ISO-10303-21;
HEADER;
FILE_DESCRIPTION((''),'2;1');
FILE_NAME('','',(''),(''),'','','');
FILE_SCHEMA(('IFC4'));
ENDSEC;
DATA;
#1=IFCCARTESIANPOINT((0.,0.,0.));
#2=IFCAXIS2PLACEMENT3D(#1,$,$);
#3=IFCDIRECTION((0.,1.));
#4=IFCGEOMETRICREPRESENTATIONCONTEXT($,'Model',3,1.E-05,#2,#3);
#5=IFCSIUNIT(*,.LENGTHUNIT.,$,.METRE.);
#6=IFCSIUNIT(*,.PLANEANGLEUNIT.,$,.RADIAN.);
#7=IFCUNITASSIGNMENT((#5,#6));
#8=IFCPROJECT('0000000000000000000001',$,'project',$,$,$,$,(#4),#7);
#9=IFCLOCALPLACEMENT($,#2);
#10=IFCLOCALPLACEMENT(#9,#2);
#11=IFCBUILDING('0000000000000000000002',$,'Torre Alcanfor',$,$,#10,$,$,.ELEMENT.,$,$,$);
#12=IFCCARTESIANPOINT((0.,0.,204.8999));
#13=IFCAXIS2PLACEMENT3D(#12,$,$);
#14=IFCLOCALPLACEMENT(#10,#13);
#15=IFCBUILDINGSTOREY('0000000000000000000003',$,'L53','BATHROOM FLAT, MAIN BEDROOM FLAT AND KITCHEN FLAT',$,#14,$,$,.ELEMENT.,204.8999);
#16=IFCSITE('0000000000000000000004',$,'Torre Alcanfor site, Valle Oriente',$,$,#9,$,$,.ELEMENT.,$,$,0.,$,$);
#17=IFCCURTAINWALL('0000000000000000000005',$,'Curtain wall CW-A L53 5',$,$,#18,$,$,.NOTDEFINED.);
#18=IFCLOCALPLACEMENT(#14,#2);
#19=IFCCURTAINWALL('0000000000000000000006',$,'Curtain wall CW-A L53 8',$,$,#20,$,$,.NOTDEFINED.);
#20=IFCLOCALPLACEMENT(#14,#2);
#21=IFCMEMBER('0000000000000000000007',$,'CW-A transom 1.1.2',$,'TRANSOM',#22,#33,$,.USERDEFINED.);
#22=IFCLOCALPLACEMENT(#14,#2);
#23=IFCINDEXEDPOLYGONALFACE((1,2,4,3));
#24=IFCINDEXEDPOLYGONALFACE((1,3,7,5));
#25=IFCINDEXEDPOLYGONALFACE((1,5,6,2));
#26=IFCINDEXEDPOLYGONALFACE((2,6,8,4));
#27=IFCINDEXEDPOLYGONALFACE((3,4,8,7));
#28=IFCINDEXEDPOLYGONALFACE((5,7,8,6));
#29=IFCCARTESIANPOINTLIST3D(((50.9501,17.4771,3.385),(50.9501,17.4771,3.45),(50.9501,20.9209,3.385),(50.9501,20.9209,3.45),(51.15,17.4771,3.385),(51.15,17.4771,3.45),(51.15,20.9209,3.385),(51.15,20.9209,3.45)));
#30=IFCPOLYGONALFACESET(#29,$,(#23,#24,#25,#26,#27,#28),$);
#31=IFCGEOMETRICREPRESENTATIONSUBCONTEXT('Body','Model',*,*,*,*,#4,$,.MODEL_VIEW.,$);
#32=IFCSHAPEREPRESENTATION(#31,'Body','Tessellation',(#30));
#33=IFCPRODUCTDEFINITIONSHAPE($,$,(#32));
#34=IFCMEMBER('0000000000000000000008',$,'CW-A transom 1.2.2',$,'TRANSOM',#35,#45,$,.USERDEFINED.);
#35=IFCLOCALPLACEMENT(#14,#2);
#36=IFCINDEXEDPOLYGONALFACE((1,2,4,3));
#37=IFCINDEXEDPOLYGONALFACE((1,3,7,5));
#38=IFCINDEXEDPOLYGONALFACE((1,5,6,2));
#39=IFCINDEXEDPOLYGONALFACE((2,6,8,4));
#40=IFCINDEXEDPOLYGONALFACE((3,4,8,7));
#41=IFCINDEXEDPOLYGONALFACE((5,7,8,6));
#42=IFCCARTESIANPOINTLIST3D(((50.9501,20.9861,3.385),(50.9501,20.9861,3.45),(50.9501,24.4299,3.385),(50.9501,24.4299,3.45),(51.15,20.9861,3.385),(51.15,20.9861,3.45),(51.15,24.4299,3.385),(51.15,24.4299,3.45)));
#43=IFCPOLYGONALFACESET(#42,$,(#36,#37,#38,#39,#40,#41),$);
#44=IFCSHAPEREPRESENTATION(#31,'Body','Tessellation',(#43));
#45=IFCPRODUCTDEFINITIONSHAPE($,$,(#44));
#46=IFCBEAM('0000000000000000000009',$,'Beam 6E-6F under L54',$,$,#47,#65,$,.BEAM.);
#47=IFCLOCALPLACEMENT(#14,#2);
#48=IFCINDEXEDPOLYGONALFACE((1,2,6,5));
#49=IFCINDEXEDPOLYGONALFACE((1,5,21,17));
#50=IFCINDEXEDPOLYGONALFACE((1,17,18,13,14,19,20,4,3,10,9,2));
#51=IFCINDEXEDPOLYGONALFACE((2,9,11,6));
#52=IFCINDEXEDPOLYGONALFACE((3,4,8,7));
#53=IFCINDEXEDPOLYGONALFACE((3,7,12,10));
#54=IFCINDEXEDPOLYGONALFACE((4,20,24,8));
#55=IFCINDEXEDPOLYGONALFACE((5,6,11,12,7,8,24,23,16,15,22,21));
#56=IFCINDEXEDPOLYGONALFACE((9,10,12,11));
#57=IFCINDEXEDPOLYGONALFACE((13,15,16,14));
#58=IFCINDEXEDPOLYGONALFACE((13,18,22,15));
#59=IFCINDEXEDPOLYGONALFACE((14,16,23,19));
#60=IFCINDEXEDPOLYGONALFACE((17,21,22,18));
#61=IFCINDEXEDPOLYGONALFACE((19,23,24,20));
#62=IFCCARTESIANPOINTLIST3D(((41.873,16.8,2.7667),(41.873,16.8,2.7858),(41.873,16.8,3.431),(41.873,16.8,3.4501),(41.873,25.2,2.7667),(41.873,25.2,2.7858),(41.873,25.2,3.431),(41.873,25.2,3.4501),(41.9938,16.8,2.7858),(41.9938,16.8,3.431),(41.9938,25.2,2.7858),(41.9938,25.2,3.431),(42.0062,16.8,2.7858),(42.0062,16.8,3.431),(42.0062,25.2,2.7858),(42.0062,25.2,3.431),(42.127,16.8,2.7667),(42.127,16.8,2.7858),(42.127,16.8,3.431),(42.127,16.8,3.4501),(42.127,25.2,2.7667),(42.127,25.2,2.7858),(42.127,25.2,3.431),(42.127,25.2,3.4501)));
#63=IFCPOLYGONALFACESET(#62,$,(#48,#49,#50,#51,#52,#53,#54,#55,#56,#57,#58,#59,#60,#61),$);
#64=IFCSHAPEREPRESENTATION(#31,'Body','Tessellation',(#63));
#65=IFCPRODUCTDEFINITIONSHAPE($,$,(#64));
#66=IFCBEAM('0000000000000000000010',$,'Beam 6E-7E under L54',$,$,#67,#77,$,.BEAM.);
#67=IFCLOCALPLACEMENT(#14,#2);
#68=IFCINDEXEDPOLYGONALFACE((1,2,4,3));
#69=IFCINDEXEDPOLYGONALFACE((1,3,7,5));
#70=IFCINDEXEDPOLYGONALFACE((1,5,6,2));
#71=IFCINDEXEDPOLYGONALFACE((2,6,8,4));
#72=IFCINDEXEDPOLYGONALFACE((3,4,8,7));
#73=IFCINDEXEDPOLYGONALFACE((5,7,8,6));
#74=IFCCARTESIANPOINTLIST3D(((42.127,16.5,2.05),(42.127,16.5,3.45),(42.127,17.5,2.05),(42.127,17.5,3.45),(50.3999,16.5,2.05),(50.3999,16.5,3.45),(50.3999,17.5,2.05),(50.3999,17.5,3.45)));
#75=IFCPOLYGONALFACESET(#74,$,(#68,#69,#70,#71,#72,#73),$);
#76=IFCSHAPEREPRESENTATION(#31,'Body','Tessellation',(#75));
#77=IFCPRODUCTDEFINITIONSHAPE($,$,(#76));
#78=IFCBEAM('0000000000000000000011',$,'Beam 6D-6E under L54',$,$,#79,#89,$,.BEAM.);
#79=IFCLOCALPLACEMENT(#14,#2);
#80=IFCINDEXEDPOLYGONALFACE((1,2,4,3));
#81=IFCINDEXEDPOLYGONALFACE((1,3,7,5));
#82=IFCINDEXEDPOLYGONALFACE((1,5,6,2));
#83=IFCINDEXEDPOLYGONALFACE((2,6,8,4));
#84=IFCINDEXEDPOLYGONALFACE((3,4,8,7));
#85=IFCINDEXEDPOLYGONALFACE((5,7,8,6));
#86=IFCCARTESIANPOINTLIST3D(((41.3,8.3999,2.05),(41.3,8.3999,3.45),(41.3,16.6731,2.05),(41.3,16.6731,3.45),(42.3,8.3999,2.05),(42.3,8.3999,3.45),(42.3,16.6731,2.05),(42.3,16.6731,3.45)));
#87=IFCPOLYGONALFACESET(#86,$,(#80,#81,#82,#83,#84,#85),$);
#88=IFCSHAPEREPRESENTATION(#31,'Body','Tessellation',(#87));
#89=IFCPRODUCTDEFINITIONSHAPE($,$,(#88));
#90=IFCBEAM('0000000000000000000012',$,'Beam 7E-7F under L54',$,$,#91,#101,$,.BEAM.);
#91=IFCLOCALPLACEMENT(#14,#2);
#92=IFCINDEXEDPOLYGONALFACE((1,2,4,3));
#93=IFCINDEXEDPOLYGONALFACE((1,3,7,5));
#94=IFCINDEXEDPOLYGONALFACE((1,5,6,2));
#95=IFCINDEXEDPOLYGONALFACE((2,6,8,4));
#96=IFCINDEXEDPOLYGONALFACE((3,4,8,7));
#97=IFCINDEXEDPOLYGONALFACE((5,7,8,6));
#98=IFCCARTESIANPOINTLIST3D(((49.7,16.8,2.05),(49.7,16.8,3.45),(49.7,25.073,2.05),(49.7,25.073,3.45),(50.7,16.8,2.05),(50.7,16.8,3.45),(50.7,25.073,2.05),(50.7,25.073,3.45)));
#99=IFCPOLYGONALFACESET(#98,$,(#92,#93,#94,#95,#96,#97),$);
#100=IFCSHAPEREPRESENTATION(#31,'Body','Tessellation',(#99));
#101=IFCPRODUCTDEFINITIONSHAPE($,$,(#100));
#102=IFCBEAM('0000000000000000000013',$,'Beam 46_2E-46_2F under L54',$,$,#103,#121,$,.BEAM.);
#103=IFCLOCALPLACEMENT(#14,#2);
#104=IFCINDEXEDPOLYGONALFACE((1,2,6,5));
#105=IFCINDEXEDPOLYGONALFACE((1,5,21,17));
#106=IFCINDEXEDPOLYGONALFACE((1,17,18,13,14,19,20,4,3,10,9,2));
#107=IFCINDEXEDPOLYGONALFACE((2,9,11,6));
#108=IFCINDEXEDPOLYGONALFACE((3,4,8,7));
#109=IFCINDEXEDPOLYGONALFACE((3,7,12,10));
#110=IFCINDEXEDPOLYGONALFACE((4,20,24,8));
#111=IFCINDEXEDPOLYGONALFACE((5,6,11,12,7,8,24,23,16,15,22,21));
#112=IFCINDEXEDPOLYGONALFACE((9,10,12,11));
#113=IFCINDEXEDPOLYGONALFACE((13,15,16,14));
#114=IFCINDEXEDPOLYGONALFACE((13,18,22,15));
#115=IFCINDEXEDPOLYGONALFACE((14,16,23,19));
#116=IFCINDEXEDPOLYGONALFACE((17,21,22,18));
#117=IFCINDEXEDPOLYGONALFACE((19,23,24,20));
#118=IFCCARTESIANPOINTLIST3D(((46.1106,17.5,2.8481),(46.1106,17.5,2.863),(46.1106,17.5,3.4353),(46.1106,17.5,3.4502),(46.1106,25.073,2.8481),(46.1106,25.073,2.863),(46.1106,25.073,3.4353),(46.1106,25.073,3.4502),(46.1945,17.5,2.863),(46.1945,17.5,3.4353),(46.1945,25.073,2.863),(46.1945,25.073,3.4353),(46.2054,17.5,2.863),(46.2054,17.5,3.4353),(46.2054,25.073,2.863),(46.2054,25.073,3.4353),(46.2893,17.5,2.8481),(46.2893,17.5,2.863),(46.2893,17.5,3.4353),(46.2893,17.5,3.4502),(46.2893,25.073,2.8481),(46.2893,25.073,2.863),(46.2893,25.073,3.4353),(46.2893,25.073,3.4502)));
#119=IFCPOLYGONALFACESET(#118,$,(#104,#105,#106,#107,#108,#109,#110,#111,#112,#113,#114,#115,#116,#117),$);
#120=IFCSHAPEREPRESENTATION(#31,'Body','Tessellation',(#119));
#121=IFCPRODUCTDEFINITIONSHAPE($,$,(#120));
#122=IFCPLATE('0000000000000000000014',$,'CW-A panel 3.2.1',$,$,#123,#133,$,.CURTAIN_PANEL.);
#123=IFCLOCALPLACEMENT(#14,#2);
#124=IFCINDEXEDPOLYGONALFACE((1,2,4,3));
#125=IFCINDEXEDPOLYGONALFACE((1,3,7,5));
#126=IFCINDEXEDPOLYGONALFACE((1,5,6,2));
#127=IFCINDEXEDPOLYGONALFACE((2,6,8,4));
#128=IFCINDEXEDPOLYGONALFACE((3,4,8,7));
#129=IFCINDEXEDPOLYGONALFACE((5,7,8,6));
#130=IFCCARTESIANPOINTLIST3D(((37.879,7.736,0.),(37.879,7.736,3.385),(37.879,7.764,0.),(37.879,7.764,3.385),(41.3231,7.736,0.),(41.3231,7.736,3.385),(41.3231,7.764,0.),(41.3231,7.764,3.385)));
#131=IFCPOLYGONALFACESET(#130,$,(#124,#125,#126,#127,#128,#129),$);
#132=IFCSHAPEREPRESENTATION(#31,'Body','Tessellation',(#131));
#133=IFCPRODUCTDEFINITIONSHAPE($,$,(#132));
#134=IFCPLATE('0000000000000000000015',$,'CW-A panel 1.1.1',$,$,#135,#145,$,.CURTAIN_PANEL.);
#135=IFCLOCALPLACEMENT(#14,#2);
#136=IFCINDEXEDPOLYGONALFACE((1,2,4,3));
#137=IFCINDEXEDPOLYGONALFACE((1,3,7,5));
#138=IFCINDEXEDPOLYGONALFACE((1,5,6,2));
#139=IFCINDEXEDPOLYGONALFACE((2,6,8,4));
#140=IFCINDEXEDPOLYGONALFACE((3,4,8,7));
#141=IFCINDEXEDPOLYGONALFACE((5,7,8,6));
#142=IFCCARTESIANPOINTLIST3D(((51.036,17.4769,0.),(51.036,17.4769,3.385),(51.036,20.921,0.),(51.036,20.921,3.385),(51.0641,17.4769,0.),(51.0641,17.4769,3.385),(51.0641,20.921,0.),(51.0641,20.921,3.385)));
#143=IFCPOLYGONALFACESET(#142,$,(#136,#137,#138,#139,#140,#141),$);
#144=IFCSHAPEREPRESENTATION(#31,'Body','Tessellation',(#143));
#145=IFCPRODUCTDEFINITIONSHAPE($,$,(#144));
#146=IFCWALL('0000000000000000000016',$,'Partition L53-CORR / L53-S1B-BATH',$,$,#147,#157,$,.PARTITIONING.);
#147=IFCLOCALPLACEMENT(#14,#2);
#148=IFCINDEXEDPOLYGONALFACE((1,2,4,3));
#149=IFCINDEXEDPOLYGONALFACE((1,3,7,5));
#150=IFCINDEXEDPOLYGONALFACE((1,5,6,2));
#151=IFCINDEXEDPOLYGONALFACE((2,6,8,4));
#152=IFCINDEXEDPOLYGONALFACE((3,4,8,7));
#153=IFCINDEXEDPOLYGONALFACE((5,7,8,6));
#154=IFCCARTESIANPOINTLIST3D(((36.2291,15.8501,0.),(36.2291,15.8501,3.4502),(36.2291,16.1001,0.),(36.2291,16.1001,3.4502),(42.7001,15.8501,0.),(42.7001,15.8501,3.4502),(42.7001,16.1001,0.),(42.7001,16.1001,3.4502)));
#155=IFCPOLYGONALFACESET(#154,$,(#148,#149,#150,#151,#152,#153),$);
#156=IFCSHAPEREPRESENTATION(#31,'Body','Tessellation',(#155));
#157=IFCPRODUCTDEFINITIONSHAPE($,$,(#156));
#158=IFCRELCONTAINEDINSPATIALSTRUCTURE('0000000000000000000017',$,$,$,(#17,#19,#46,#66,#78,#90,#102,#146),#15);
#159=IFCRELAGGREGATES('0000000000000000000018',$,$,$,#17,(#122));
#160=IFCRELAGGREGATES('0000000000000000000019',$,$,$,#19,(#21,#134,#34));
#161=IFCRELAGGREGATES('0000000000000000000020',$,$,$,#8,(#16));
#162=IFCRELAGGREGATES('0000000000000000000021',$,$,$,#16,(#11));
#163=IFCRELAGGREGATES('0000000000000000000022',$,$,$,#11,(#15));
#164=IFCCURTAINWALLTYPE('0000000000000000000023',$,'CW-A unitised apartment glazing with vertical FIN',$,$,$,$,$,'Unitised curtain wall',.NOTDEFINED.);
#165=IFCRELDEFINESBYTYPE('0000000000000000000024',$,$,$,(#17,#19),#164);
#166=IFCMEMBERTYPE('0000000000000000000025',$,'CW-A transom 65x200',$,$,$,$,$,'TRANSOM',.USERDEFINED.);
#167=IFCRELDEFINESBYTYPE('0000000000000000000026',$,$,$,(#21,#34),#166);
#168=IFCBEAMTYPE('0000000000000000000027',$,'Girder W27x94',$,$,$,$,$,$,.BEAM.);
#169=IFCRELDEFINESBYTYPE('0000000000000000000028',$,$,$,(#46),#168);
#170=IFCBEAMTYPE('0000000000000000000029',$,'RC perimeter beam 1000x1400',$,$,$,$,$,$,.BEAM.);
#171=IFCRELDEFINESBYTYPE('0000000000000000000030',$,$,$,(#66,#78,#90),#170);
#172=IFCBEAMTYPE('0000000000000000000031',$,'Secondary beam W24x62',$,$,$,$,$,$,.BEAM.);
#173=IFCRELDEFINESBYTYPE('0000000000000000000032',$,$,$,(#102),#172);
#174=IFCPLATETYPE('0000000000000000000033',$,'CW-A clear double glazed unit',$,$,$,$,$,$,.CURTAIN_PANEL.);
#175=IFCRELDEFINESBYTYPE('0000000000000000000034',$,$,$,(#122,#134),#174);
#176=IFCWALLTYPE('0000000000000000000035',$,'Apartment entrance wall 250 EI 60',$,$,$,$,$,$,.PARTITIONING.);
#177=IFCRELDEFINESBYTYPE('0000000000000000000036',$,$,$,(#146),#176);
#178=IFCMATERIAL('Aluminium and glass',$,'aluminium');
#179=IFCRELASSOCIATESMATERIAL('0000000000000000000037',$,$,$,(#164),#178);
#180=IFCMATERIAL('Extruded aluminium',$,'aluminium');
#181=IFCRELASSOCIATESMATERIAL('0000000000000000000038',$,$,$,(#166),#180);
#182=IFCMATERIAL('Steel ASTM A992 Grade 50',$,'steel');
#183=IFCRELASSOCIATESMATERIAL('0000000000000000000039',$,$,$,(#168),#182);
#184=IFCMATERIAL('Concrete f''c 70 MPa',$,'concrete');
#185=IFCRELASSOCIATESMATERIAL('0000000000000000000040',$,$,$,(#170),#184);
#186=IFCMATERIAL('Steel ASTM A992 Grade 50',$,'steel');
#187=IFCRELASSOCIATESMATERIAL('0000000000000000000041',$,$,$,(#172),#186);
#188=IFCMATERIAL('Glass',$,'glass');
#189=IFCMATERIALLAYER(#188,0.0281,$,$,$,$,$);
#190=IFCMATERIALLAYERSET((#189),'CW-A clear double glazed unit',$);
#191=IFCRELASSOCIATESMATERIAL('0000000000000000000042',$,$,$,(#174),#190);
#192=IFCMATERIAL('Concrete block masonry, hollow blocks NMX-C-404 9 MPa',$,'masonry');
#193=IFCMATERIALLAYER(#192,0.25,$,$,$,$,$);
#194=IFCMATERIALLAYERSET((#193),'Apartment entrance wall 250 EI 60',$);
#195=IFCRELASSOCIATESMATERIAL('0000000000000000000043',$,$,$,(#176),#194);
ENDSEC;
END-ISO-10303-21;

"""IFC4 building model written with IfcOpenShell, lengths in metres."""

from ifc_helpers import new_model, si_unit, direction, frame, frame_2d, origin, origin_2d, place, context, subcontext, project, spatial, rectangle, i_section, extrude, material, layer, layer_set, material_profile, profile_set, type_object, element, aggregate, save


model = new_model("IFC4")

# Units and contexts
model_context = context("Model", 3, precision=1e-05, world=origin(), true_north=direction((0.0, 1.0)))
body_context = subcontext(model_context, "Body", "Model", "MODEL_VIEW")
ifc_project = project(units=[si_unit("LENGTHUNIT", "METRE"), si_unit("PLANEANGLEUNIT", "RADIAN")], contexts=[model_context])

# Site, building, storey
site_placement = place(None, origin())
site = spatial("IfcSite", under=ifc_project, at=site_placement, Name="Torre Alcanfor site, Valle Oriente", CompositionType="ELEMENT", RefElevation=0.0)
building_placement = place(site_placement, origin())
building = spatial("IfcBuilding", under=site, at=building_placement, Name="Torre Alcanfor", CompositionType="ELEMENT")
storey_placement = place(building_placement, frame((0.0, 0.0, 204.8999)))
storey = spatial("IfcBuildingStorey", under=building, at=storey_placement, Name="L53", Description="BATHROOM FLAT, MAIN BEDROOM FLAT AND KITCHEN FLAT", CompositionType="ELEMENT", Elevation=204.8999)

# Curtain walls
ifc_material_1 = material(Name="Aluminium and glass", Category="aluminium")
curtain_wall_type = type_object("IfcCurtainWallType", Name="CW-A unitised apartment glazing with vertical FIN", ElementType="Unitised curtain wall", PredefinedType="NOTDEFINED", material=ifc_material_1)
curtain_wall_1_placement = place(storey_placement, origin())
curtain_wall_1 = element("IfcCurtainWall", 1, at=curtain_wall_1_placement, inside=storey, type_object=curtain_wall_type, Name="Curtain wall CW-A L53 5", PredefinedType="NOTDEFINED")
curtain_wall_2_placement = place(storey_placement, origin())
curtain_wall_2 = element("IfcCurtainWall", 2, at=curtain_wall_2_placement, inside=storey, type_object=curtain_wall_type, Name="Curtain wall CW-A L53 8", PredefinedType="NOTDEFINED")

# Members
ifc_material_2 = material(Name="Extruded aluminium", Category="aluminium")
ifc_material_profile_1 = material_profile(ifc_material_2, rectangle(XDim=0.2, YDim=0.0649, at=origin_2d()), Name="CW-A transom 200x65")
ifc_profile_set_1 = profile_set([ifc_material_profile_1], Name="Extruded aluminium")
member_type_1 = type_object("IfcMemberType", Name="CW-A transom 65x200", ElementType="TRANSOM", PredefinedType="USERDEFINED", material=ifc_profile_set_1)
member_1_placement = place(storey_placement, frame((51.05, 17.4771, 3.4175), z_axis=(0.0, 1.0, 0.0), x_axis=(-1.0, 0.0, 0.0)))
member_1 = element("IfcMember", 3, at=member_1_placement, type_object=member_type_1, Name="CW-A transom 1.1.2", ObjectType="TRANSOM", PredefinedType="USERDEFINED", context=body_context, shape_type="SweptSolid", body=[
    extrude(rectangle(XDim=0.2, YDim=0.0649, at=origin_2d()), origin(), (0.0, 0.0, 1.0), 3.4438),
])
member_2_placement = place(storey_placement, frame((51.05, 20.9861, 3.4175), z_axis=(0.0, 1.0, 0.0), x_axis=(-1.0, 0.0, 0.0)))
member_2 = element("IfcMember", 4, at=member_2_placement, type_object=member_type_1, Name="CW-A transom 1.2.2", ObjectType="TRANSOM", PredefinedType="USERDEFINED", context=body_context, shape_type="SweptSolid", body=[
    extrude(rectangle(XDim=0.2, YDim=0.0649, at=origin_2d()), origin(), (0.0, 0.0, 1.0), 3.4438),
])

# Beams
ifc_material_3 = material(Name="Steel ASTM A992 Grade 50", Category="steel")
ifc_material_profile_2 = material_profile(ifc_material_3, i_section(OverallWidth=0.2539, OverallDepth=0.6833, WebThickness=0.0125, FlangeThickness=0.019, at=origin_2d()), Name="W27x94")
ifc_profile_set_2 = profile_set([ifc_material_profile_2], Name="Steel ASTM A992 Grade 50")
beam_type_1 = type_object("IfcBeamType", Name="Girder W27x94", PredefinedType="BEAM", material=ifc_profile_set_2)
beam_1_placement = place(storey_placement, frame((42.0, 16.8, 3.1084), z_axis=(0.0, 1.0, 0.0), x_axis=(-1.0, 0.0, 0.0)))
element("IfcBeam", 5, at=beam_1_placement, inside=storey, type_object=beam_type_1, Name="Beam 6E-6F under L54", PredefinedType="BEAM", context=body_context, shape_type="SweptSolid", body=[
    extrude(i_section(OverallWidth=0.2539, OverallDepth=0.6833, WebThickness=0.0125, FlangeThickness=0.019, at=origin_2d()), origin(), (0.0, 0.0, 1.0), 8.3999),
])
ifc_material_4 = material(Name="Concrete f'c 70 MPa", Category="concrete")
ifc_material_profile_3 = material_profile(ifc_material_4, rectangle(XDim=1.0, YDim=1.3999, at=origin_2d()), Name="1000x1400")
ifc_profile_set_3 = profile_set([ifc_material_profile_3], Name="Concrete f'c 70 MPa")
beam_type_2 = type_object("IfcBeamType", Name="RC perimeter beam 1000x1400", PredefinedType="BEAM", material=ifc_profile_set_3)
beam_2_placement = place(storey_placement, frame((42.127, 17.0, 2.75), z_axis=(1.0, 0.0, 0.0), x_axis=(0.0, 1.0, 0.0)))
element("IfcBeam", 6, at=beam_2_placement, inside=storey, type_object=beam_type_2, Name="Beam 6E-7E under L54", PredefinedType="BEAM", context=body_context, shape_type="SweptSolid", body=[
    extrude(rectangle(XDim=1.0, YDim=1.3999, at=origin_2d()), origin(), (0.0, 0.0, 1.0), 8.2729),
])
beam_3_placement = place(storey_placement, frame((41.8, 8.3999, 2.75), z_axis=(0.0, 1.0, 0.0), x_axis=(-1.0, 0.0, 0.0)))
element("IfcBeam", 7, at=beam_3_placement, inside=storey, type_object=beam_type_2, Name="Beam 6D-6E under L54", PredefinedType="BEAM", context=body_context, shape_type="SweptSolid", body=[
    extrude(rectangle(XDim=1.0, YDim=1.3999, at=origin_2d()), origin(), (0.0, 0.0, 1.0), 8.2732),
])
beam_4_placement = place(storey_placement, frame((50.2, 16.8, 2.75), z_axis=(0.0, 1.0, 0.0), x_axis=(-1.0, 0.0, 0.0)))
element("IfcBeam", 8, at=beam_4_placement, inside=storey, type_object=beam_type_2, Name="Beam 7E-7F under L54", PredefinedType="BEAM", context=body_context, shape_type="SweptSolid", body=[
    extrude(rectangle(XDim=1.0, YDim=1.3999, at=origin_2d()), origin(), (0.0, 0.0, 1.0), 8.2729),
])
ifc_material_5 = material(Name="Steel ASTM A992 Grade 50", Category="steel")
ifc_material_profile_4 = material_profile(ifc_material_5, i_section(OverallWidth=0.1787, OverallDepth=0.6021, WebThickness=0.011, FlangeThickness=0.0149, at=origin_2d()), Name="W24x62")
ifc_profile_set_4 = profile_set([ifc_material_profile_4], Name="Steel ASTM A992 Grade 50")
beam_type_3 = type_object("IfcBeamType", Name="Secondary beam W24x62", PredefinedType="BEAM", material=ifc_profile_set_4)
beam_5_placement = place(storey_placement, frame((46.2, 17.5, 3.1492), z_axis=(0.0, 1.0, 0.0), x_axis=(-1.0, 0.0, 0.0)))
element("IfcBeam", 9, at=beam_5_placement, inside=storey, type_object=beam_type_3, Name="Beam 46_2E-46_2F under L54", PredefinedType="BEAM", context=body_context, shape_type="SweptSolid", body=[
    extrude(i_section(OverallWidth=0.1787, OverallDepth=0.6021, WebThickness=0.011, FlangeThickness=0.0149, at=origin_2d()), origin(), (0.0, 0.0, 1.0), 7.573),
])

# Plates
ifc_material_6 = material(Name="Glass", Category="glass")
ifc_layer_1 = layer(ifc_material_6, 0.0281)
ifc_layer_set_1 = layer_set([ifc_layer_1], Name="CW-A clear double glazed unit")
plate_type = type_object("IfcPlateType", Name="CW-A clear double glazed unit", PredefinedType="CURTAIN_PANEL", material=ifc_layer_set_1)
plate_1_placement = place(storey_placement, frame((39.6011, 7.75, 0.0), z_axis=(0.0, 0.0, 1.0), x_axis=(1.0, 0.0, 0.0)))
plate_1 = element("IfcPlate", 10, at=plate_1_placement, type_object=plate_type, Name="CW-A panel 3.2.1", PredefinedType="CURTAIN_PANEL", context=body_context, shape_type="SweptSolid", body=[
    extrude(rectangle(XDim=3.4441, YDim=0.0281, at=origin_2d()), origin(), (0.0, 0.0, 1.0), 3.385),
])
aggregate(curtain_wall_1, [plate_1])
plate_2_placement = place(storey_placement, frame((51.05, 19.199, 0.0), z_axis=(0.0, 0.0, 1.0), x_axis=(0.0, 1.0, 0.0)))
plate_2 = element("IfcPlate", 11, at=plate_2_placement, type_object=plate_type, Name="CW-A panel 1.1.1", PredefinedType="CURTAIN_PANEL", context=body_context, shape_type="SweptSolid", body=[
    extrude(rectangle(XDim=3.4441, YDim=0.0281, at=origin_2d()), origin(), (0.0, 0.0, 1.0), 3.385),
])
aggregate(curtain_wall_2, [member_1, plate_2, member_2])

# Wall
ifc_material_7 = material(Name="Concrete block masonry, hollow blocks NMX-C-404 9 MPa", Category="masonry")
ifc_layer_2 = layer(ifc_material_7, 0.25)
ifc_layer_set_2 = layer_set([ifc_layer_2], Name="Apartment entrance wall 250 EI 60")
wall_type_1 = type_object("IfcWallType", Name="Apartment entrance wall 250 EI 60", PredefinedType="PARTITIONING", material=ifc_layer_set_2)
wall_1_placement = place(storey_placement, frame((42.7, 15.9751, 0.0), z_axis=(0.0, 0.0, 1.0), x_axis=(-1.0, 0.0, 0.0)))
element("IfcWall", 12, at=wall_1_placement, inside=storey, type_object=wall_type_1, Name="Partition L53-CORR / L53-S1B-BATH", PredefinedType="PARTITIONING", context=body_context, shape_type="SweptSolid", body=[
    extrude(rectangle(XDim=6.4709, YDim=0.25, at=frame_2d((3.2354, 0.0))), origin(), (0.0, 0.0, 1.0), 3.4502),
])

save(model, "model.ifc")
